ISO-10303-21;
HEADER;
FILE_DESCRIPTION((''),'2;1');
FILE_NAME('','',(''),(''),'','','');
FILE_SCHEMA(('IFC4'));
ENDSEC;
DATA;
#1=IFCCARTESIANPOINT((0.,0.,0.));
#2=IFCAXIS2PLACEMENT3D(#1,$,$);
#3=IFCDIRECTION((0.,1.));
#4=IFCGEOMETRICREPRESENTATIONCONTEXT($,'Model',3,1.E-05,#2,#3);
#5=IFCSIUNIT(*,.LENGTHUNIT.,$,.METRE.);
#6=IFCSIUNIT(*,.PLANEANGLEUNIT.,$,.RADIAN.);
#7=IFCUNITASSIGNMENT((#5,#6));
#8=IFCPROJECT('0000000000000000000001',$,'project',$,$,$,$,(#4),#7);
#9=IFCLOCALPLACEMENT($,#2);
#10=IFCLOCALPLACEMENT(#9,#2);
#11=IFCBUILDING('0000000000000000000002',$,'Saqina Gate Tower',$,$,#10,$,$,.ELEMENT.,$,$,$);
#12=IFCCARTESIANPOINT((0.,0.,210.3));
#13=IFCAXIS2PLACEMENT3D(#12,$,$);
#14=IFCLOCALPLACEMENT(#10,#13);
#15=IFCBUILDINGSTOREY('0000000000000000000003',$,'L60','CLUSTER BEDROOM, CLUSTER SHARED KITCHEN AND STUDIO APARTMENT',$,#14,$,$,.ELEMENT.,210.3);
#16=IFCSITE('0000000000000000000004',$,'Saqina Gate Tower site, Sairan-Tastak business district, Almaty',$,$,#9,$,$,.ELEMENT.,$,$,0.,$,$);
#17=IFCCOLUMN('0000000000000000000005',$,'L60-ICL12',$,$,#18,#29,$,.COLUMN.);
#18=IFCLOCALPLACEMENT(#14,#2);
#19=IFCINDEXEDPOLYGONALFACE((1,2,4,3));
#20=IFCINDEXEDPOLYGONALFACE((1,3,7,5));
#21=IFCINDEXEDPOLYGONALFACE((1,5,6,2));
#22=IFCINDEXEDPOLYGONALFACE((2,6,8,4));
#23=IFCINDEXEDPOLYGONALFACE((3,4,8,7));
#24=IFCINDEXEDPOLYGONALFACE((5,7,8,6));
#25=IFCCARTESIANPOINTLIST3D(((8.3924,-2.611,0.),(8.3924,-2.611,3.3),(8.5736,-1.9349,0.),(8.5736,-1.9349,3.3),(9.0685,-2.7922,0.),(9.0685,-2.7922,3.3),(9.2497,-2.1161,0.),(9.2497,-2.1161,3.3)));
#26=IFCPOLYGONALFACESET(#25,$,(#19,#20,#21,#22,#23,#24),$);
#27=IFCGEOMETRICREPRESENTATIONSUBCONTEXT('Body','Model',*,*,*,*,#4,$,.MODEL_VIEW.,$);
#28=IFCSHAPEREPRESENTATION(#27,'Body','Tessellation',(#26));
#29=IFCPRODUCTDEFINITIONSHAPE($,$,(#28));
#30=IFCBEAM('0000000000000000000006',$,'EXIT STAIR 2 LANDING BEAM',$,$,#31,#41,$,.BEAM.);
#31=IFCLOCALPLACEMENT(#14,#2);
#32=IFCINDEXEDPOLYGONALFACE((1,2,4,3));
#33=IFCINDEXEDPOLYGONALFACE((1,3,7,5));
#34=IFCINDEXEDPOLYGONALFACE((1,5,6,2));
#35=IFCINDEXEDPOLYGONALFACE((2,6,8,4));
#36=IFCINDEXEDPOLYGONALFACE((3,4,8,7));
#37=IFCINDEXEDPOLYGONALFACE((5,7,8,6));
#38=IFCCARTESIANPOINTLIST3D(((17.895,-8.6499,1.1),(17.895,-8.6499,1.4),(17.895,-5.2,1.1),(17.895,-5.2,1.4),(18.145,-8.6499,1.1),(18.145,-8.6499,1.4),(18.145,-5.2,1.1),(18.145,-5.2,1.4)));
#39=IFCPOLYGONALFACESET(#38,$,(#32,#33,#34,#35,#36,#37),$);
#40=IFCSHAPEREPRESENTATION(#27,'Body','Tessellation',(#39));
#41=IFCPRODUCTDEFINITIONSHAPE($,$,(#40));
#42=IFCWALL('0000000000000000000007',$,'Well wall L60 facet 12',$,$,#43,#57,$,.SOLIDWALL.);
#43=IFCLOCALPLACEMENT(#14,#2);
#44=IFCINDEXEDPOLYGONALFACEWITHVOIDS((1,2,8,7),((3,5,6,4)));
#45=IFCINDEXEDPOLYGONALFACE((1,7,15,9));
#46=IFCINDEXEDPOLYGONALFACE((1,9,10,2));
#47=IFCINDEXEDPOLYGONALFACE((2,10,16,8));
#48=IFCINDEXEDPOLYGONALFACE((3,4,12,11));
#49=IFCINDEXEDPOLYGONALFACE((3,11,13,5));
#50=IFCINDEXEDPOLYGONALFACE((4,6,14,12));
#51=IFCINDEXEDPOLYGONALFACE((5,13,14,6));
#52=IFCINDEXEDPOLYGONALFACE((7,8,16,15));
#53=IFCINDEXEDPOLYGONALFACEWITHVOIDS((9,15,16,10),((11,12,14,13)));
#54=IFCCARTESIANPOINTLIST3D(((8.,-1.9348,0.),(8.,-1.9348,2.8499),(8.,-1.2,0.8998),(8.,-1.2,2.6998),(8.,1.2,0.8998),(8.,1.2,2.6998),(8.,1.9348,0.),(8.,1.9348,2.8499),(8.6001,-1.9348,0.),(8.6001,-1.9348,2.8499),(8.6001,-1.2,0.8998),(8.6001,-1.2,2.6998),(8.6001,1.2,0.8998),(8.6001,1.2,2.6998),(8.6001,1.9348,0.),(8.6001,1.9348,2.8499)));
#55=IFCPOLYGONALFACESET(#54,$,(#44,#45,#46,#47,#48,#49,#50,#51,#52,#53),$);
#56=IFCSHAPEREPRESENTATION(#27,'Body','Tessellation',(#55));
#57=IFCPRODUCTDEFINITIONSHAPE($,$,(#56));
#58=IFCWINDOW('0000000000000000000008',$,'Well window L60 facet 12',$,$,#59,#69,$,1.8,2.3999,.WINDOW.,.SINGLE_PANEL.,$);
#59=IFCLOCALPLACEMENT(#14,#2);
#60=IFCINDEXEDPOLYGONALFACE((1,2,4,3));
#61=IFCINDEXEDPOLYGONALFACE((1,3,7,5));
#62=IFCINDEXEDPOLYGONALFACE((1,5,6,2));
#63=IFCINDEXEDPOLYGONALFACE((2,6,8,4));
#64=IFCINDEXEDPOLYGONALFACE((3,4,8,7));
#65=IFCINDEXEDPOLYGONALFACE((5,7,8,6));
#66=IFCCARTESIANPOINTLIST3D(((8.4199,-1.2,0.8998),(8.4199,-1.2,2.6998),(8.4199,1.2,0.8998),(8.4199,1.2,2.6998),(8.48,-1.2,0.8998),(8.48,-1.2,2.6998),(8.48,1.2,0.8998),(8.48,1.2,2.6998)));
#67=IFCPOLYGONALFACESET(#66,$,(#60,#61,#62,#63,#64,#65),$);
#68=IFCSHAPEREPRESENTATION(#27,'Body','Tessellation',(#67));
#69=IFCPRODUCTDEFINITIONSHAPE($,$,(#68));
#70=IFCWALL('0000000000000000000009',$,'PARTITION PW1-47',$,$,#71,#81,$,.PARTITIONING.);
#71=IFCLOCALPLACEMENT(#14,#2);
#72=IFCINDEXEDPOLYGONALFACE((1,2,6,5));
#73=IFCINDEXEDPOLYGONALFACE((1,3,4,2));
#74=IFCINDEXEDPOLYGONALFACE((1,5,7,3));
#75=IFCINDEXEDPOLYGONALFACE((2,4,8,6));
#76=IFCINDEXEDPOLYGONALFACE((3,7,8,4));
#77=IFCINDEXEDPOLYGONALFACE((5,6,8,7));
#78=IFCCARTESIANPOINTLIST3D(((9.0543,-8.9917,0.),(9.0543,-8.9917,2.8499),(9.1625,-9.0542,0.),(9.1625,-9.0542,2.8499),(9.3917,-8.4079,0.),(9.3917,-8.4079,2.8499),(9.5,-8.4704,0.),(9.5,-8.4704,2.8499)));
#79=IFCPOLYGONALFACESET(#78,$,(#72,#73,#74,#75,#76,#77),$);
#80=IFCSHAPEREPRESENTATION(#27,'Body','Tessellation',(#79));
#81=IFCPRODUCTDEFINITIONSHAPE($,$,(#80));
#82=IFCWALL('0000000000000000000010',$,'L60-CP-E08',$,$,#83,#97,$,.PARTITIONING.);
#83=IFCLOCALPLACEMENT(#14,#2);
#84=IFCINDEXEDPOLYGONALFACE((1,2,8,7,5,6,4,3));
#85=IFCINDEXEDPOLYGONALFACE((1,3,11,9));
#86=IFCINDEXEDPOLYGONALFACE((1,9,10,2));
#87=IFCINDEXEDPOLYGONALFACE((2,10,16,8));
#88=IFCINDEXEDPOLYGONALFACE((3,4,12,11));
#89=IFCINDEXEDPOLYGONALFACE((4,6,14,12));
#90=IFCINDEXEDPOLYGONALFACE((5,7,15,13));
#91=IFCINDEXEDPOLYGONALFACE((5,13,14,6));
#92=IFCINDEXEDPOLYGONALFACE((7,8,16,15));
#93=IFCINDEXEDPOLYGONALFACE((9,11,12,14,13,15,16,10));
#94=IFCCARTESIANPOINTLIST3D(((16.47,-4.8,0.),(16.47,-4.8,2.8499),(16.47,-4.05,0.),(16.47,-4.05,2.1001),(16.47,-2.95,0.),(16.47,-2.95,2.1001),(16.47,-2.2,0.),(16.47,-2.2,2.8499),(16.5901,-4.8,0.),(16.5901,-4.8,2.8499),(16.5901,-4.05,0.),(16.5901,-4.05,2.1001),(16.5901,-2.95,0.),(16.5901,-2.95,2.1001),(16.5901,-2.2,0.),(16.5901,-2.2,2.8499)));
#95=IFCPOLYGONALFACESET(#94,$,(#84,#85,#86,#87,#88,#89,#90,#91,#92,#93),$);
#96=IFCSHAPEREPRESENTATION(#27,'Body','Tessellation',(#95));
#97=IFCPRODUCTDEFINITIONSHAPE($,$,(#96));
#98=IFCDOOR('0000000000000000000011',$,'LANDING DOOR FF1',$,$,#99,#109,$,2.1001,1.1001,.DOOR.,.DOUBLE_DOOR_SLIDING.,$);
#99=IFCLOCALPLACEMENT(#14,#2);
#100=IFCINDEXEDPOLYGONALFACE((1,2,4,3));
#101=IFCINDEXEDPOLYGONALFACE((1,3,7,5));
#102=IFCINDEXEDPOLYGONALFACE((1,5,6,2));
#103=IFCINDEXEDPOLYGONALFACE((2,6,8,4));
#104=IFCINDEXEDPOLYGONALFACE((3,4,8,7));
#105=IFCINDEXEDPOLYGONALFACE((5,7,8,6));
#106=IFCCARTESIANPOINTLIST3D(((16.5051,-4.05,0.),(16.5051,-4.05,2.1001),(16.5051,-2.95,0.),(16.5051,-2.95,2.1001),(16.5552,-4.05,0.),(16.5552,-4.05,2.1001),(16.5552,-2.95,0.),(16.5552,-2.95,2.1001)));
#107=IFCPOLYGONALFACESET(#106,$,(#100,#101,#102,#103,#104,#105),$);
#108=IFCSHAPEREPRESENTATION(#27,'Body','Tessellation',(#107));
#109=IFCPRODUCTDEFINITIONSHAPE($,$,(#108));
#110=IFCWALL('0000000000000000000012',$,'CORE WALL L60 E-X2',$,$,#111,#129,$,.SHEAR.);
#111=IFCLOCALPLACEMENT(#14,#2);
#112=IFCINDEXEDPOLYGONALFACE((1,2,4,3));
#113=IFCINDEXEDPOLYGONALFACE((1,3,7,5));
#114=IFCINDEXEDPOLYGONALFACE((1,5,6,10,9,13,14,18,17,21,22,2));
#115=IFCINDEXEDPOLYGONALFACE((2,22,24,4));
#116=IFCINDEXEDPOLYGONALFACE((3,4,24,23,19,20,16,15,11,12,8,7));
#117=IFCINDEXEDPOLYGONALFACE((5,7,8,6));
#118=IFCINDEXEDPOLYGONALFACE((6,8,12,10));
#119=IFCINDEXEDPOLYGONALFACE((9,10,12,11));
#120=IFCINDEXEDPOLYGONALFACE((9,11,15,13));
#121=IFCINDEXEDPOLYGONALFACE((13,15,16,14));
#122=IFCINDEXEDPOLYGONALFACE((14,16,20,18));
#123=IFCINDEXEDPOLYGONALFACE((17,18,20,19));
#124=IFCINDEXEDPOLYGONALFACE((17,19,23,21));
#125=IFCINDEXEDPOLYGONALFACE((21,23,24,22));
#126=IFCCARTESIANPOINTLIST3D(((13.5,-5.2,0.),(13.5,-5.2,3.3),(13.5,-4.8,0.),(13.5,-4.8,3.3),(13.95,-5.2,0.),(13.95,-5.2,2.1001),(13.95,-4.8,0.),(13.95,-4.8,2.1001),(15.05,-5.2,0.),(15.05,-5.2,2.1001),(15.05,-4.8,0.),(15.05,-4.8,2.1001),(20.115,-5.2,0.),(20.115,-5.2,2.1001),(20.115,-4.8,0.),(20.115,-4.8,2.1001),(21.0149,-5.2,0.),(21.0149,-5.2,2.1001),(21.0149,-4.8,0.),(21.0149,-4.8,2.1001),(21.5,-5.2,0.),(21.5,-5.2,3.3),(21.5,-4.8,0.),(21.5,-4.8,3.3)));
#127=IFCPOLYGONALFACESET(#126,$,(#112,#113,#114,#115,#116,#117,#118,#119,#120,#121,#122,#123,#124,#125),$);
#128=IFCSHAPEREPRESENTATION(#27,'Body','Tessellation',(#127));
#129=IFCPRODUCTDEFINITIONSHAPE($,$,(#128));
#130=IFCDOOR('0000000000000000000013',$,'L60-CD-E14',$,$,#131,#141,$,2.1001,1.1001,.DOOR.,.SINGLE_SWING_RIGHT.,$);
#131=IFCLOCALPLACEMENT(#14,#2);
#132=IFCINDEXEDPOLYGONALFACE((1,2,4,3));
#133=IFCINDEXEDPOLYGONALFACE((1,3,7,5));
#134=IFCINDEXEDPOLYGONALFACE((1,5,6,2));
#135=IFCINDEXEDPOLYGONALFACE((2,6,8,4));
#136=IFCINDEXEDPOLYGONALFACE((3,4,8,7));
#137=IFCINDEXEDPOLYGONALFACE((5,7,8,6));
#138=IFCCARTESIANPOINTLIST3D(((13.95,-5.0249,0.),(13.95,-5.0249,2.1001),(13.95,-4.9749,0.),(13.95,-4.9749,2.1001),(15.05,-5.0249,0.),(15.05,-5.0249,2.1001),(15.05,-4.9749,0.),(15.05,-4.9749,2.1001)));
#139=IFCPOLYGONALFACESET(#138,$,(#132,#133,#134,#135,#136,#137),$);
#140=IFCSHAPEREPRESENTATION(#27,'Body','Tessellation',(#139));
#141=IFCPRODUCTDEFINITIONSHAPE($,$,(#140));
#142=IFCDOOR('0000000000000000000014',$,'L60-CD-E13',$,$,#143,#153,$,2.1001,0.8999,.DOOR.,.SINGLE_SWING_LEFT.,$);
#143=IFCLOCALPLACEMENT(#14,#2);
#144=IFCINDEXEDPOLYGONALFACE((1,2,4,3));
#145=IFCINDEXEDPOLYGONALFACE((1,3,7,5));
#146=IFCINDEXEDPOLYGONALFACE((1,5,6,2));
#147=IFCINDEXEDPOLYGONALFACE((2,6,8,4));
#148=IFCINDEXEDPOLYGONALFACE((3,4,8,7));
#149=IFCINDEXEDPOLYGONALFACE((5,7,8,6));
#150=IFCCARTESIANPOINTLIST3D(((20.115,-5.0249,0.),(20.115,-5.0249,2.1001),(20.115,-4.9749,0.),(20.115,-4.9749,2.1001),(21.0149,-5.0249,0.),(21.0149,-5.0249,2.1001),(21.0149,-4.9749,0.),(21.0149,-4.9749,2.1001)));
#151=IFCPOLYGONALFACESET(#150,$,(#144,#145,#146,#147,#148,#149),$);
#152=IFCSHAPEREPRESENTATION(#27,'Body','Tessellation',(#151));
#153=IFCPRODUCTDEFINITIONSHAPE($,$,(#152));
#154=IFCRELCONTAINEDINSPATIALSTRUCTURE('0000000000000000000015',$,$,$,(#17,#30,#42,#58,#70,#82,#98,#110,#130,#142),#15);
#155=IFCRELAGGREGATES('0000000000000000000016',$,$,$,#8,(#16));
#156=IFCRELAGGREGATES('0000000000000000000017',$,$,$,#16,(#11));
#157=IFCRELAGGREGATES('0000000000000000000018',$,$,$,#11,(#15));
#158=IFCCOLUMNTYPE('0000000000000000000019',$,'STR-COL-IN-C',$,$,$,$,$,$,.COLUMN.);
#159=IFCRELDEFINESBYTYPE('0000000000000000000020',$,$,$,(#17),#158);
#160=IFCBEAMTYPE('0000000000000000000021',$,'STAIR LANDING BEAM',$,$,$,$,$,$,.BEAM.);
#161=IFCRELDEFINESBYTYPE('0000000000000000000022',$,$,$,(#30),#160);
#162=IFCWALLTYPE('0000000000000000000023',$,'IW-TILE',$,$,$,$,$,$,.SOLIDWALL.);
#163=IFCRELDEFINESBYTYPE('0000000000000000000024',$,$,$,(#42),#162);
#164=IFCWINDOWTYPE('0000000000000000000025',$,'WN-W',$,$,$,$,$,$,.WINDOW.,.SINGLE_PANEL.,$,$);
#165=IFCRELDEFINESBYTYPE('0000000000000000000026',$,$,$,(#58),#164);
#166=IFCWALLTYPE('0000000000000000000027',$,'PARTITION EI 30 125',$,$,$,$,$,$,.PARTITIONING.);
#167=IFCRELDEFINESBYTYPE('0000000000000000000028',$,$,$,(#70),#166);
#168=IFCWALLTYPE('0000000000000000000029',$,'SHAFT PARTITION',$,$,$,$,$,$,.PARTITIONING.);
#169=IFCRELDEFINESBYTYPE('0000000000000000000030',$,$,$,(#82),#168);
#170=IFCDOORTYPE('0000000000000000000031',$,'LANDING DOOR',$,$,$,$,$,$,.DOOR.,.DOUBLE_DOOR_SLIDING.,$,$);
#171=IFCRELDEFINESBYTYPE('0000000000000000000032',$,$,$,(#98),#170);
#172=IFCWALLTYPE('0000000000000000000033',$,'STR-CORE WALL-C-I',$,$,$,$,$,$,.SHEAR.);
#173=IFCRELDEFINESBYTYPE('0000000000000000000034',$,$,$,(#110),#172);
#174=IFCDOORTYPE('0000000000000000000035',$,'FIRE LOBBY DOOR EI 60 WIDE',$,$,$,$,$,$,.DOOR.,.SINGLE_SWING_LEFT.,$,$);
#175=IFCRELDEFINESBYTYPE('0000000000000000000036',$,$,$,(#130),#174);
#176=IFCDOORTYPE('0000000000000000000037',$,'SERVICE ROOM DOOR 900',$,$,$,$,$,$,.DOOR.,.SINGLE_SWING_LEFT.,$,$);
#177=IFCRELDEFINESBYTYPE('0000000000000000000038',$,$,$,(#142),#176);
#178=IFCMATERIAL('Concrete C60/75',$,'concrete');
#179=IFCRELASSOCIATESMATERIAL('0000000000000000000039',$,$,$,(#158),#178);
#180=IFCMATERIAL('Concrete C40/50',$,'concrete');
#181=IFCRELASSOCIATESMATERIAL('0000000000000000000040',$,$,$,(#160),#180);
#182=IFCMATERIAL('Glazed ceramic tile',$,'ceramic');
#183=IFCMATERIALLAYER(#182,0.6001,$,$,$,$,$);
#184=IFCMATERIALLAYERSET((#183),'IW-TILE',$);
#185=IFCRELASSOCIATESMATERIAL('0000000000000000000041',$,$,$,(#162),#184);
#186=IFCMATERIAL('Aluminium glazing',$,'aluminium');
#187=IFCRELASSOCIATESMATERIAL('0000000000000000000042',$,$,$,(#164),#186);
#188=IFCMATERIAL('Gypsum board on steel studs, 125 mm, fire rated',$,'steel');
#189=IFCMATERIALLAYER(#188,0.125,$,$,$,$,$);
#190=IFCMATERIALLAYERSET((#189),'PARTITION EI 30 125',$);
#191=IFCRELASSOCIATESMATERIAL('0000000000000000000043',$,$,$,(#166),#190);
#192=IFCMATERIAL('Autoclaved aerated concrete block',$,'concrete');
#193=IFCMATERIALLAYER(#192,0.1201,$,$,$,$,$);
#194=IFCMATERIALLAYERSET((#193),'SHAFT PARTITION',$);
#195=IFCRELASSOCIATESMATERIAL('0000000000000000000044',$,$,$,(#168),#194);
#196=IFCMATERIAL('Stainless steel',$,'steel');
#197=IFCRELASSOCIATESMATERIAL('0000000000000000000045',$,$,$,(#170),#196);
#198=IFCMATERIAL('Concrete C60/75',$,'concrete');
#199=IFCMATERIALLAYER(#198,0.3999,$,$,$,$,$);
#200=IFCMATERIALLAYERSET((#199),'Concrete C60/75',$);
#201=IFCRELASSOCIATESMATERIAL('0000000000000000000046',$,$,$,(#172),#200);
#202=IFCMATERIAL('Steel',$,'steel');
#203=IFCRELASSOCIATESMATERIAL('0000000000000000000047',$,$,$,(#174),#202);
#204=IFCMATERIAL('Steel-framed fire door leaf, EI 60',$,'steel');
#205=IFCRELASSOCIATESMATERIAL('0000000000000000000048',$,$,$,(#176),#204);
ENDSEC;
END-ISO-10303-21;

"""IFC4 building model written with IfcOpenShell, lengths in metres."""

from ifc_helpers import new_model, si_unit, direction, frame, frame_2d, origin, origin_2d, place, context, subcontext, project, spatial, rectangle, extrude, material, layer, layer_set, material_profile, profile_set, type_object, element, fill, save


model = new_model("IFC4")

# Units and contexts
model_context = context("Model", 3, precision=1e-05, world=origin(), true_north=direction((0.0, 1.0)))
body_context = subcontext(model_context, "Body", "Model", "MODEL_VIEW")
ifc_project = project(units=[si_unit("LENGTHUNIT", "METRE"), si_unit("PLANEANGLEUNIT", "RADIAN")], contexts=[model_context])

# Site, building, storey
site_placement = place(None, origin())
site = spatial("IfcSite", under=ifc_project, at=site_placement, Name="Saqina Gate Tower site, Sairan-Tastak business district, Almaty", CompositionType="ELEMENT", RefElevation=0.0)
building_placement = place(site_placement, origin())
building = spatial("IfcBuilding", under=site, at=building_placement, Name="Saqina Gate Tower", CompositionType="ELEMENT")
storey_placement = place(building_placement, frame((0.0, 0.0, 210.3)))
storey = spatial("IfcBuildingStorey", under=building, at=storey_placement, Name="L60", Description="CLUSTER BEDROOM, CLUSTER SHARED KITCHEN AND STUDIO APARTMENT", CompositionType="ELEMENT", Elevation=210.3)

# Column
ifc_material_1 = material(Name="Concrete C60/75", Category="concrete")
ifc_material_profile_1 = material_profile(ifc_material_1, rectangle(XDim=0.7, YDim=0.7, at=origin_2d()), Name="RC 700x700")
ifc_profile_set_1 = profile_set([ifc_material_profile_1], Name="Concrete C60/75")
column_type = type_object("IfcColumnType", Name="STR-COL-IN-C", PredefinedType="COLUMN", material=ifc_profile_set_1)
column_placement = place(storey_placement, frame((8.821, -2.3635, 0.0), z_axis=(0.0, 0.0, 1.0), x_axis=(0.965926, -0.258819, 0.0)))
element("IfcColumn", 1, at=column_placement, inside=storey, type_object=column_type, Name="L60-ICL12", PredefinedType="COLUMN", context=body_context, shape_type="SweptSolid", body=[
    extrude(rectangle(XDim=0.7, YDim=0.7, at=origin_2d()), origin(), (0.0, 0.0, 1.0), 3.3),
])

# Beam
ifc_material_2 = material(Name="Concrete C40/50", Category="concrete")
ifc_material_profile_2 = material_profile(ifc_material_2, rectangle(XDim=0.25, YDim=0.3, at=origin_2d()), Name="STAIR LANDING BEAM")
ifc_profile_set_2 = profile_set([ifc_material_profile_2], Name="Concrete C40/50")
beam_type = type_object("IfcBeamType", Name="STAIR LANDING BEAM", PredefinedType="BEAM", material=ifc_profile_set_2)
beam_placement = place(storey_placement, frame((18.02, -8.6499, 1.25), z_axis=(0.0, 1.0, 0.0), x_axis=(-1.0, 0.0, 0.0)))
element("IfcBeam", 2, at=beam_placement, inside=storey, type_object=beam_type, Name="EXIT STAIR 2 LANDING BEAM", PredefinedType="BEAM", context=body_context, shape_type="SweptSolid", body=[
    extrude(rectangle(XDim=0.25, YDim=0.3, at=origin_2d()), origin(), (0.0, 0.0, 1.0), 3.45),
])

# Wall, opening, window
ifc_material_3 = material(Name="Glazed ceramic tile", Category="ceramic")
ifc_layer_1 = layer(ifc_material_3, 0.6001)
ifc_layer_set_1 = layer_set([ifc_layer_1], Name="IW-TILE")
wall_type_1 = type_object("IfcWallType", Name="IW-TILE", PredefinedType="SOLIDWALL", material=ifc_layer_set_1)
wall_1_placement = place(storey_placement, frame((8.3, -1.9348, 0.0), z_axis=(0.0, 0.0, 1.0), x_axis=(0.0, 1.0, 0.0)))
wall_1 = element("IfcWall", 3, at=wall_1_placement, inside=storey, type_object=wall_type_1, Name="Well wall L60 facet 12", PredefinedType="SOLIDWALL", context=body_context, shape_type="SweptSolid", body=[
    extrude(rectangle(XDim=3.8696, YDim=0.6001, at=frame_2d((1.9348, 0.0))), origin(), (0.0, 0.0, 1.0), 2.8499),
])
opening_1_placement = place(wall_1_placement, frame((0.7349, 0.0, 0.8999)))
opening_1 = element("IfcOpeningElement", 4, at=opening_1_placement, cuts=wall_1, PredefinedType="OPENING", context=body_context, shape_type="SweptSolid", body=[
    extrude(rectangle(XDim=2.3999, YDim=1.8, at=frame_2d((1.2, 0.8999))), frame((0.0, 0.312, 0.0), z_axis=(0.0, -1.0, 0.0), x_axis=(1.0, 0.0, 0.0)), (0.0, 0.0, 1.0), 0.624),
])
ifc_material_4 = material(Name="Aluminium glazing", Category="aluminium")
window_type = type_object("IfcWindowType", Name="WN-W", PartitioningType="SINGLE_PANEL", PredefinedType="WINDOW", material=ifc_material_4)
window_placement = place(opening_1_placement, origin())
window = element("IfcWindow", 5, at=window_placement, inside=storey, type_object=window_type, Name="Well window L60 facet 12", OverallHeight=1.8, OverallWidth=2.3999, PartitioningType="SINGLE_PANEL", PredefinedType="WINDOW", context=body_context, shape_type="SweptSolid", body=[
    extrude(rectangle(XDim=2.3999, YDim=1.8, at=frame_2d((1.2, 0.8999))), frame((0.0, -0.1199, 0.0), z_axis=(0.0, -1.0, 0.0), x_axis=(1.0, 0.0, 0.0)), (0.0, 0.0, 1.0), 0.0601),
])
fill(opening_1, window)

# Wall
ifc_material_5 = material(Name="Gypsum board on steel studs, 125 mm, fire rated", Category="steel")
ifc_layer_2 = layer(ifc_material_5, 0.125)
ifc_layer_set_2 = layer_set([ifc_layer_2], Name="PARTITION EI 30 125")
wall_type_2 = type_object("IfcWallType", Name="PARTITION EI 30 125", PredefinedType="PARTITIONING", material=ifc_layer_set_2)
wall_2_placement = place(storey_placement, frame((9.1084, -9.0229, 0.0), z_axis=(0.0, 0.0, 1.0), x_axis=(0.500422, 0.865781, 0.0)))
element("IfcWall", 6, at=wall_2_placement, inside=storey, type_object=wall_type_2, Name="PARTITION PW1-47", PredefinedType="PARTITIONING", context=body_context, shape_type="SweptSolid", body=[
    extrude(rectangle(XDim=0.6743, YDim=0.125, at=frame_2d((0.3372, 0.0))), origin(), (0.0, 0.0, 1.0), 2.8499),
])

# Wall, opening, door
ifc_material_6 = material(Name="Autoclaved aerated concrete block", Category="concrete")
ifc_layer_3 = layer(ifc_material_6, 0.1201)
ifc_layer_set_3 = layer_set([ifc_layer_3], Name="SHAFT PARTITION")
wall_type_3 = type_object("IfcWallType", Name="SHAFT PARTITION", PredefinedType="PARTITIONING", material=ifc_layer_set_3)
wall_3_placement = place(storey_placement, frame((16.53, -4.8, 0.0), z_axis=(0.0, 0.0, 1.0), x_axis=(0.0, 1.0, 0.0)))
wall_3 = element("IfcWall", 7, at=wall_3_placement, inside=storey, type_object=wall_type_3, Name="L60-CP-E08", PredefinedType="PARTITIONING", context=body_context, shape_type="SweptSolid", body=[
    extrude(rectangle(XDim=2.6001, YDim=0.1201, at=frame_2d((1.3, 0.0))), origin(), (0.0, 0.0, 1.0), 2.8499),
])
opening_2_placement = place(wall_3_placement, frame((0.75, 0.0, 0.0)))
opening_2 = element("IfcOpeningElement", 8, at=opening_2_placement, cuts=wall_3, PredefinedType="OPENING", context=body_context, shape_type="SweptSolid", body=[
    extrude(rectangle(XDim=1.1001, YDim=2.1001, at=frame_2d((0.55, 1.05))), frame((0.0, 0.072, 0.0), z_axis=(0.0, -1.0, 0.0), x_axis=(1.0, 0.0, 0.0)), (0.0, 0.0, 1.0), 0.144),
])
ifc_material_7 = material(Name="Stainless steel", Category="steel")
door_type_1 = type_object("IfcDoorType", Name="LANDING DOOR", OperationType="DOUBLE_DOOR_SLIDING", PredefinedType="DOOR", material=ifc_material_7)
door_1_placement = place(opening_2_placement, origin())
door_1 = element("IfcDoor", 9, at=door_1_placement, inside=storey, type_object=door_type_1, Name="LANDING DOOR FF1", OperationType="DOUBLE_DOOR_SLIDING", OverallHeight=2.1001, OverallWidth=1.1001, PredefinedType="DOOR", context=body_context, shape_type="SweptSolid", body=[
    extrude(rectangle(XDim=1.1001, YDim=2.1001, at=frame_2d((0.55, 1.05))), frame((0.0, 0.0249, 0.0), z_axis=(0.0, -1.0, 0.0), x_axis=(1.0, 0.0, 0.0)), (0.0, 0.0, 1.0), 0.05),
])
fill(opening_2, door_1)

# Wall, openings, doors
ifc_material_8 = material(Name="Concrete C60/75", Category="concrete")
ifc_layer_4 = layer(ifc_material_8, 0.3999)
ifc_layer_set_4 = layer_set([ifc_layer_4], Name="Concrete C60/75")
wall_type_4 = type_object("IfcWallType", Name="STR-CORE WALL-C-I", PredefinedType="SHEAR", material=ifc_layer_set_4)
wall_4_placement = place(storey_placement, frame((13.5, -5.0, 0.0), z_axis=(0.0, 0.0, 1.0), x_axis=(1.0, 0.0, 0.0)))
wall_4 = element("IfcWall", 10, at=wall_4_placement, inside=storey, type_object=wall_type_4, Name="CORE WALL L60 E-X2", PredefinedType="SHEAR", context=body_context, shape_type="SweptSolid", body=[
    extrude(rectangle(XDim=8.0, YDim=0.3999, at=frame_2d((4.0, 0.0))), origin(), (0.0, 0.0, 1.0), 3.3),
])
opening_3_placement = place(wall_4_placement, frame((6.615, 0.0, 0.0)))
opening_3 = element("IfcOpeningElement", 11, at=opening_3_placement, cuts=wall_4, PredefinedType="OPENING", context=body_context, shape_type="SweptSolid", body=[
    extrude(rectangle(XDim=0.8999, YDim=2.1001, at=frame_2d((0.45, 1.05))), frame((0.0, 0.2119, 0.0), z_axis=(0.0, -1.0, 0.0), x_axis=(1.0, 0.0, 0.0)), (0.0, 0.0, 1.0), 0.4238),
])
opening_4_placement = place(wall_4_placement, frame((0.45, 0.0, 0.0)))
opening_4 = element("IfcOpeningElement", 12, at=opening_4_placement, cuts=wall_4, PredefinedType="OPENING", context=body_context, shape_type="SweptSolid", body=[
    extrude(rectangle(XDim=1.1001, YDim=2.1001, at=frame_2d((0.55, 1.05))), frame((0.0, 0.2119, 0.0), z_axis=(0.0, -1.0, 0.0), x_axis=(1.0, 0.0, 0.0)), (0.0, 0.0, 1.0), 0.4238),
])
ifc_material_9 = material(Name="Steel", Category="steel")
door_type_2 = type_object("IfcDoorType", Name="FIRE LOBBY DOOR EI 60 WIDE", OperationType="SINGLE_SWING_LEFT", PredefinedType="DOOR", material=ifc_material_9)
door_2_placement = place(opening_4_placement, frame((1.1001, 0.0, 0.0), z_axis=(0.0, 0.0, 1.0), x_axis=(-1.0, 0.0, 0.0)))
door_2 = element("IfcDoor", 13, at=door_2_placement, inside=storey, type_object=door_type_2, Name="L60-CD-E14", OperationType="SINGLE_SWING_RIGHT", OverallHeight=2.1001, OverallWidth=1.1001, PredefinedType="DOOR", context=body_context, shape_type="SweptSolid", body=[
    extrude(rectangle(XDim=1.1001, YDim=2.1001, at=frame_2d((0.55, 1.05))), frame((0.0, 0.0249, 0.0), z_axis=(0.0, -1.0, 0.0), x_axis=(1.0, 0.0, 0.0)), (0.0, 0.0, 1.0), 0.05),
])
fill(opening_4, door_2)
ifc_material_10 = material(Name="Steel-framed fire door leaf, EI 60", Category="steel")
door_type_3 = type_object("IfcDoorType", Name="SERVICE ROOM DOOR 900", OperationType="SINGLE_SWING_LEFT", PredefinedType="DOOR", material=ifc_material_10)
door_3_placement = place(opening_3_placement, frame((0.8999, 0.0, 0.0), z_axis=(0.0, 0.0, 1.0), x_axis=(-1.0, 0.0, 0.0)))
door_3 = element("IfcDoor", 14, at=door_3_placement, inside=storey, type_object=door_type_3, Name="L60-CD-E13", OperationType="SINGLE_SWING_LEFT", OverallHeight=2.1001, OverallWidth=0.8999, PredefinedType="DOOR", context=body_context, shape_type="SweptSolid", body=[
    extrude(rectangle(XDim=0.8999, YDim=2.1001, at=frame_2d((0.45, 1.05))), frame((0.0, 0.0249, 0.0), z_axis=(0.0, -1.0, 0.0), x_axis=(1.0, 0.0, 0.0)), (0.0, 0.0, 1.0), 0.05),
])
fill(opening_3, door_3)

save(model, "model.ifc")
